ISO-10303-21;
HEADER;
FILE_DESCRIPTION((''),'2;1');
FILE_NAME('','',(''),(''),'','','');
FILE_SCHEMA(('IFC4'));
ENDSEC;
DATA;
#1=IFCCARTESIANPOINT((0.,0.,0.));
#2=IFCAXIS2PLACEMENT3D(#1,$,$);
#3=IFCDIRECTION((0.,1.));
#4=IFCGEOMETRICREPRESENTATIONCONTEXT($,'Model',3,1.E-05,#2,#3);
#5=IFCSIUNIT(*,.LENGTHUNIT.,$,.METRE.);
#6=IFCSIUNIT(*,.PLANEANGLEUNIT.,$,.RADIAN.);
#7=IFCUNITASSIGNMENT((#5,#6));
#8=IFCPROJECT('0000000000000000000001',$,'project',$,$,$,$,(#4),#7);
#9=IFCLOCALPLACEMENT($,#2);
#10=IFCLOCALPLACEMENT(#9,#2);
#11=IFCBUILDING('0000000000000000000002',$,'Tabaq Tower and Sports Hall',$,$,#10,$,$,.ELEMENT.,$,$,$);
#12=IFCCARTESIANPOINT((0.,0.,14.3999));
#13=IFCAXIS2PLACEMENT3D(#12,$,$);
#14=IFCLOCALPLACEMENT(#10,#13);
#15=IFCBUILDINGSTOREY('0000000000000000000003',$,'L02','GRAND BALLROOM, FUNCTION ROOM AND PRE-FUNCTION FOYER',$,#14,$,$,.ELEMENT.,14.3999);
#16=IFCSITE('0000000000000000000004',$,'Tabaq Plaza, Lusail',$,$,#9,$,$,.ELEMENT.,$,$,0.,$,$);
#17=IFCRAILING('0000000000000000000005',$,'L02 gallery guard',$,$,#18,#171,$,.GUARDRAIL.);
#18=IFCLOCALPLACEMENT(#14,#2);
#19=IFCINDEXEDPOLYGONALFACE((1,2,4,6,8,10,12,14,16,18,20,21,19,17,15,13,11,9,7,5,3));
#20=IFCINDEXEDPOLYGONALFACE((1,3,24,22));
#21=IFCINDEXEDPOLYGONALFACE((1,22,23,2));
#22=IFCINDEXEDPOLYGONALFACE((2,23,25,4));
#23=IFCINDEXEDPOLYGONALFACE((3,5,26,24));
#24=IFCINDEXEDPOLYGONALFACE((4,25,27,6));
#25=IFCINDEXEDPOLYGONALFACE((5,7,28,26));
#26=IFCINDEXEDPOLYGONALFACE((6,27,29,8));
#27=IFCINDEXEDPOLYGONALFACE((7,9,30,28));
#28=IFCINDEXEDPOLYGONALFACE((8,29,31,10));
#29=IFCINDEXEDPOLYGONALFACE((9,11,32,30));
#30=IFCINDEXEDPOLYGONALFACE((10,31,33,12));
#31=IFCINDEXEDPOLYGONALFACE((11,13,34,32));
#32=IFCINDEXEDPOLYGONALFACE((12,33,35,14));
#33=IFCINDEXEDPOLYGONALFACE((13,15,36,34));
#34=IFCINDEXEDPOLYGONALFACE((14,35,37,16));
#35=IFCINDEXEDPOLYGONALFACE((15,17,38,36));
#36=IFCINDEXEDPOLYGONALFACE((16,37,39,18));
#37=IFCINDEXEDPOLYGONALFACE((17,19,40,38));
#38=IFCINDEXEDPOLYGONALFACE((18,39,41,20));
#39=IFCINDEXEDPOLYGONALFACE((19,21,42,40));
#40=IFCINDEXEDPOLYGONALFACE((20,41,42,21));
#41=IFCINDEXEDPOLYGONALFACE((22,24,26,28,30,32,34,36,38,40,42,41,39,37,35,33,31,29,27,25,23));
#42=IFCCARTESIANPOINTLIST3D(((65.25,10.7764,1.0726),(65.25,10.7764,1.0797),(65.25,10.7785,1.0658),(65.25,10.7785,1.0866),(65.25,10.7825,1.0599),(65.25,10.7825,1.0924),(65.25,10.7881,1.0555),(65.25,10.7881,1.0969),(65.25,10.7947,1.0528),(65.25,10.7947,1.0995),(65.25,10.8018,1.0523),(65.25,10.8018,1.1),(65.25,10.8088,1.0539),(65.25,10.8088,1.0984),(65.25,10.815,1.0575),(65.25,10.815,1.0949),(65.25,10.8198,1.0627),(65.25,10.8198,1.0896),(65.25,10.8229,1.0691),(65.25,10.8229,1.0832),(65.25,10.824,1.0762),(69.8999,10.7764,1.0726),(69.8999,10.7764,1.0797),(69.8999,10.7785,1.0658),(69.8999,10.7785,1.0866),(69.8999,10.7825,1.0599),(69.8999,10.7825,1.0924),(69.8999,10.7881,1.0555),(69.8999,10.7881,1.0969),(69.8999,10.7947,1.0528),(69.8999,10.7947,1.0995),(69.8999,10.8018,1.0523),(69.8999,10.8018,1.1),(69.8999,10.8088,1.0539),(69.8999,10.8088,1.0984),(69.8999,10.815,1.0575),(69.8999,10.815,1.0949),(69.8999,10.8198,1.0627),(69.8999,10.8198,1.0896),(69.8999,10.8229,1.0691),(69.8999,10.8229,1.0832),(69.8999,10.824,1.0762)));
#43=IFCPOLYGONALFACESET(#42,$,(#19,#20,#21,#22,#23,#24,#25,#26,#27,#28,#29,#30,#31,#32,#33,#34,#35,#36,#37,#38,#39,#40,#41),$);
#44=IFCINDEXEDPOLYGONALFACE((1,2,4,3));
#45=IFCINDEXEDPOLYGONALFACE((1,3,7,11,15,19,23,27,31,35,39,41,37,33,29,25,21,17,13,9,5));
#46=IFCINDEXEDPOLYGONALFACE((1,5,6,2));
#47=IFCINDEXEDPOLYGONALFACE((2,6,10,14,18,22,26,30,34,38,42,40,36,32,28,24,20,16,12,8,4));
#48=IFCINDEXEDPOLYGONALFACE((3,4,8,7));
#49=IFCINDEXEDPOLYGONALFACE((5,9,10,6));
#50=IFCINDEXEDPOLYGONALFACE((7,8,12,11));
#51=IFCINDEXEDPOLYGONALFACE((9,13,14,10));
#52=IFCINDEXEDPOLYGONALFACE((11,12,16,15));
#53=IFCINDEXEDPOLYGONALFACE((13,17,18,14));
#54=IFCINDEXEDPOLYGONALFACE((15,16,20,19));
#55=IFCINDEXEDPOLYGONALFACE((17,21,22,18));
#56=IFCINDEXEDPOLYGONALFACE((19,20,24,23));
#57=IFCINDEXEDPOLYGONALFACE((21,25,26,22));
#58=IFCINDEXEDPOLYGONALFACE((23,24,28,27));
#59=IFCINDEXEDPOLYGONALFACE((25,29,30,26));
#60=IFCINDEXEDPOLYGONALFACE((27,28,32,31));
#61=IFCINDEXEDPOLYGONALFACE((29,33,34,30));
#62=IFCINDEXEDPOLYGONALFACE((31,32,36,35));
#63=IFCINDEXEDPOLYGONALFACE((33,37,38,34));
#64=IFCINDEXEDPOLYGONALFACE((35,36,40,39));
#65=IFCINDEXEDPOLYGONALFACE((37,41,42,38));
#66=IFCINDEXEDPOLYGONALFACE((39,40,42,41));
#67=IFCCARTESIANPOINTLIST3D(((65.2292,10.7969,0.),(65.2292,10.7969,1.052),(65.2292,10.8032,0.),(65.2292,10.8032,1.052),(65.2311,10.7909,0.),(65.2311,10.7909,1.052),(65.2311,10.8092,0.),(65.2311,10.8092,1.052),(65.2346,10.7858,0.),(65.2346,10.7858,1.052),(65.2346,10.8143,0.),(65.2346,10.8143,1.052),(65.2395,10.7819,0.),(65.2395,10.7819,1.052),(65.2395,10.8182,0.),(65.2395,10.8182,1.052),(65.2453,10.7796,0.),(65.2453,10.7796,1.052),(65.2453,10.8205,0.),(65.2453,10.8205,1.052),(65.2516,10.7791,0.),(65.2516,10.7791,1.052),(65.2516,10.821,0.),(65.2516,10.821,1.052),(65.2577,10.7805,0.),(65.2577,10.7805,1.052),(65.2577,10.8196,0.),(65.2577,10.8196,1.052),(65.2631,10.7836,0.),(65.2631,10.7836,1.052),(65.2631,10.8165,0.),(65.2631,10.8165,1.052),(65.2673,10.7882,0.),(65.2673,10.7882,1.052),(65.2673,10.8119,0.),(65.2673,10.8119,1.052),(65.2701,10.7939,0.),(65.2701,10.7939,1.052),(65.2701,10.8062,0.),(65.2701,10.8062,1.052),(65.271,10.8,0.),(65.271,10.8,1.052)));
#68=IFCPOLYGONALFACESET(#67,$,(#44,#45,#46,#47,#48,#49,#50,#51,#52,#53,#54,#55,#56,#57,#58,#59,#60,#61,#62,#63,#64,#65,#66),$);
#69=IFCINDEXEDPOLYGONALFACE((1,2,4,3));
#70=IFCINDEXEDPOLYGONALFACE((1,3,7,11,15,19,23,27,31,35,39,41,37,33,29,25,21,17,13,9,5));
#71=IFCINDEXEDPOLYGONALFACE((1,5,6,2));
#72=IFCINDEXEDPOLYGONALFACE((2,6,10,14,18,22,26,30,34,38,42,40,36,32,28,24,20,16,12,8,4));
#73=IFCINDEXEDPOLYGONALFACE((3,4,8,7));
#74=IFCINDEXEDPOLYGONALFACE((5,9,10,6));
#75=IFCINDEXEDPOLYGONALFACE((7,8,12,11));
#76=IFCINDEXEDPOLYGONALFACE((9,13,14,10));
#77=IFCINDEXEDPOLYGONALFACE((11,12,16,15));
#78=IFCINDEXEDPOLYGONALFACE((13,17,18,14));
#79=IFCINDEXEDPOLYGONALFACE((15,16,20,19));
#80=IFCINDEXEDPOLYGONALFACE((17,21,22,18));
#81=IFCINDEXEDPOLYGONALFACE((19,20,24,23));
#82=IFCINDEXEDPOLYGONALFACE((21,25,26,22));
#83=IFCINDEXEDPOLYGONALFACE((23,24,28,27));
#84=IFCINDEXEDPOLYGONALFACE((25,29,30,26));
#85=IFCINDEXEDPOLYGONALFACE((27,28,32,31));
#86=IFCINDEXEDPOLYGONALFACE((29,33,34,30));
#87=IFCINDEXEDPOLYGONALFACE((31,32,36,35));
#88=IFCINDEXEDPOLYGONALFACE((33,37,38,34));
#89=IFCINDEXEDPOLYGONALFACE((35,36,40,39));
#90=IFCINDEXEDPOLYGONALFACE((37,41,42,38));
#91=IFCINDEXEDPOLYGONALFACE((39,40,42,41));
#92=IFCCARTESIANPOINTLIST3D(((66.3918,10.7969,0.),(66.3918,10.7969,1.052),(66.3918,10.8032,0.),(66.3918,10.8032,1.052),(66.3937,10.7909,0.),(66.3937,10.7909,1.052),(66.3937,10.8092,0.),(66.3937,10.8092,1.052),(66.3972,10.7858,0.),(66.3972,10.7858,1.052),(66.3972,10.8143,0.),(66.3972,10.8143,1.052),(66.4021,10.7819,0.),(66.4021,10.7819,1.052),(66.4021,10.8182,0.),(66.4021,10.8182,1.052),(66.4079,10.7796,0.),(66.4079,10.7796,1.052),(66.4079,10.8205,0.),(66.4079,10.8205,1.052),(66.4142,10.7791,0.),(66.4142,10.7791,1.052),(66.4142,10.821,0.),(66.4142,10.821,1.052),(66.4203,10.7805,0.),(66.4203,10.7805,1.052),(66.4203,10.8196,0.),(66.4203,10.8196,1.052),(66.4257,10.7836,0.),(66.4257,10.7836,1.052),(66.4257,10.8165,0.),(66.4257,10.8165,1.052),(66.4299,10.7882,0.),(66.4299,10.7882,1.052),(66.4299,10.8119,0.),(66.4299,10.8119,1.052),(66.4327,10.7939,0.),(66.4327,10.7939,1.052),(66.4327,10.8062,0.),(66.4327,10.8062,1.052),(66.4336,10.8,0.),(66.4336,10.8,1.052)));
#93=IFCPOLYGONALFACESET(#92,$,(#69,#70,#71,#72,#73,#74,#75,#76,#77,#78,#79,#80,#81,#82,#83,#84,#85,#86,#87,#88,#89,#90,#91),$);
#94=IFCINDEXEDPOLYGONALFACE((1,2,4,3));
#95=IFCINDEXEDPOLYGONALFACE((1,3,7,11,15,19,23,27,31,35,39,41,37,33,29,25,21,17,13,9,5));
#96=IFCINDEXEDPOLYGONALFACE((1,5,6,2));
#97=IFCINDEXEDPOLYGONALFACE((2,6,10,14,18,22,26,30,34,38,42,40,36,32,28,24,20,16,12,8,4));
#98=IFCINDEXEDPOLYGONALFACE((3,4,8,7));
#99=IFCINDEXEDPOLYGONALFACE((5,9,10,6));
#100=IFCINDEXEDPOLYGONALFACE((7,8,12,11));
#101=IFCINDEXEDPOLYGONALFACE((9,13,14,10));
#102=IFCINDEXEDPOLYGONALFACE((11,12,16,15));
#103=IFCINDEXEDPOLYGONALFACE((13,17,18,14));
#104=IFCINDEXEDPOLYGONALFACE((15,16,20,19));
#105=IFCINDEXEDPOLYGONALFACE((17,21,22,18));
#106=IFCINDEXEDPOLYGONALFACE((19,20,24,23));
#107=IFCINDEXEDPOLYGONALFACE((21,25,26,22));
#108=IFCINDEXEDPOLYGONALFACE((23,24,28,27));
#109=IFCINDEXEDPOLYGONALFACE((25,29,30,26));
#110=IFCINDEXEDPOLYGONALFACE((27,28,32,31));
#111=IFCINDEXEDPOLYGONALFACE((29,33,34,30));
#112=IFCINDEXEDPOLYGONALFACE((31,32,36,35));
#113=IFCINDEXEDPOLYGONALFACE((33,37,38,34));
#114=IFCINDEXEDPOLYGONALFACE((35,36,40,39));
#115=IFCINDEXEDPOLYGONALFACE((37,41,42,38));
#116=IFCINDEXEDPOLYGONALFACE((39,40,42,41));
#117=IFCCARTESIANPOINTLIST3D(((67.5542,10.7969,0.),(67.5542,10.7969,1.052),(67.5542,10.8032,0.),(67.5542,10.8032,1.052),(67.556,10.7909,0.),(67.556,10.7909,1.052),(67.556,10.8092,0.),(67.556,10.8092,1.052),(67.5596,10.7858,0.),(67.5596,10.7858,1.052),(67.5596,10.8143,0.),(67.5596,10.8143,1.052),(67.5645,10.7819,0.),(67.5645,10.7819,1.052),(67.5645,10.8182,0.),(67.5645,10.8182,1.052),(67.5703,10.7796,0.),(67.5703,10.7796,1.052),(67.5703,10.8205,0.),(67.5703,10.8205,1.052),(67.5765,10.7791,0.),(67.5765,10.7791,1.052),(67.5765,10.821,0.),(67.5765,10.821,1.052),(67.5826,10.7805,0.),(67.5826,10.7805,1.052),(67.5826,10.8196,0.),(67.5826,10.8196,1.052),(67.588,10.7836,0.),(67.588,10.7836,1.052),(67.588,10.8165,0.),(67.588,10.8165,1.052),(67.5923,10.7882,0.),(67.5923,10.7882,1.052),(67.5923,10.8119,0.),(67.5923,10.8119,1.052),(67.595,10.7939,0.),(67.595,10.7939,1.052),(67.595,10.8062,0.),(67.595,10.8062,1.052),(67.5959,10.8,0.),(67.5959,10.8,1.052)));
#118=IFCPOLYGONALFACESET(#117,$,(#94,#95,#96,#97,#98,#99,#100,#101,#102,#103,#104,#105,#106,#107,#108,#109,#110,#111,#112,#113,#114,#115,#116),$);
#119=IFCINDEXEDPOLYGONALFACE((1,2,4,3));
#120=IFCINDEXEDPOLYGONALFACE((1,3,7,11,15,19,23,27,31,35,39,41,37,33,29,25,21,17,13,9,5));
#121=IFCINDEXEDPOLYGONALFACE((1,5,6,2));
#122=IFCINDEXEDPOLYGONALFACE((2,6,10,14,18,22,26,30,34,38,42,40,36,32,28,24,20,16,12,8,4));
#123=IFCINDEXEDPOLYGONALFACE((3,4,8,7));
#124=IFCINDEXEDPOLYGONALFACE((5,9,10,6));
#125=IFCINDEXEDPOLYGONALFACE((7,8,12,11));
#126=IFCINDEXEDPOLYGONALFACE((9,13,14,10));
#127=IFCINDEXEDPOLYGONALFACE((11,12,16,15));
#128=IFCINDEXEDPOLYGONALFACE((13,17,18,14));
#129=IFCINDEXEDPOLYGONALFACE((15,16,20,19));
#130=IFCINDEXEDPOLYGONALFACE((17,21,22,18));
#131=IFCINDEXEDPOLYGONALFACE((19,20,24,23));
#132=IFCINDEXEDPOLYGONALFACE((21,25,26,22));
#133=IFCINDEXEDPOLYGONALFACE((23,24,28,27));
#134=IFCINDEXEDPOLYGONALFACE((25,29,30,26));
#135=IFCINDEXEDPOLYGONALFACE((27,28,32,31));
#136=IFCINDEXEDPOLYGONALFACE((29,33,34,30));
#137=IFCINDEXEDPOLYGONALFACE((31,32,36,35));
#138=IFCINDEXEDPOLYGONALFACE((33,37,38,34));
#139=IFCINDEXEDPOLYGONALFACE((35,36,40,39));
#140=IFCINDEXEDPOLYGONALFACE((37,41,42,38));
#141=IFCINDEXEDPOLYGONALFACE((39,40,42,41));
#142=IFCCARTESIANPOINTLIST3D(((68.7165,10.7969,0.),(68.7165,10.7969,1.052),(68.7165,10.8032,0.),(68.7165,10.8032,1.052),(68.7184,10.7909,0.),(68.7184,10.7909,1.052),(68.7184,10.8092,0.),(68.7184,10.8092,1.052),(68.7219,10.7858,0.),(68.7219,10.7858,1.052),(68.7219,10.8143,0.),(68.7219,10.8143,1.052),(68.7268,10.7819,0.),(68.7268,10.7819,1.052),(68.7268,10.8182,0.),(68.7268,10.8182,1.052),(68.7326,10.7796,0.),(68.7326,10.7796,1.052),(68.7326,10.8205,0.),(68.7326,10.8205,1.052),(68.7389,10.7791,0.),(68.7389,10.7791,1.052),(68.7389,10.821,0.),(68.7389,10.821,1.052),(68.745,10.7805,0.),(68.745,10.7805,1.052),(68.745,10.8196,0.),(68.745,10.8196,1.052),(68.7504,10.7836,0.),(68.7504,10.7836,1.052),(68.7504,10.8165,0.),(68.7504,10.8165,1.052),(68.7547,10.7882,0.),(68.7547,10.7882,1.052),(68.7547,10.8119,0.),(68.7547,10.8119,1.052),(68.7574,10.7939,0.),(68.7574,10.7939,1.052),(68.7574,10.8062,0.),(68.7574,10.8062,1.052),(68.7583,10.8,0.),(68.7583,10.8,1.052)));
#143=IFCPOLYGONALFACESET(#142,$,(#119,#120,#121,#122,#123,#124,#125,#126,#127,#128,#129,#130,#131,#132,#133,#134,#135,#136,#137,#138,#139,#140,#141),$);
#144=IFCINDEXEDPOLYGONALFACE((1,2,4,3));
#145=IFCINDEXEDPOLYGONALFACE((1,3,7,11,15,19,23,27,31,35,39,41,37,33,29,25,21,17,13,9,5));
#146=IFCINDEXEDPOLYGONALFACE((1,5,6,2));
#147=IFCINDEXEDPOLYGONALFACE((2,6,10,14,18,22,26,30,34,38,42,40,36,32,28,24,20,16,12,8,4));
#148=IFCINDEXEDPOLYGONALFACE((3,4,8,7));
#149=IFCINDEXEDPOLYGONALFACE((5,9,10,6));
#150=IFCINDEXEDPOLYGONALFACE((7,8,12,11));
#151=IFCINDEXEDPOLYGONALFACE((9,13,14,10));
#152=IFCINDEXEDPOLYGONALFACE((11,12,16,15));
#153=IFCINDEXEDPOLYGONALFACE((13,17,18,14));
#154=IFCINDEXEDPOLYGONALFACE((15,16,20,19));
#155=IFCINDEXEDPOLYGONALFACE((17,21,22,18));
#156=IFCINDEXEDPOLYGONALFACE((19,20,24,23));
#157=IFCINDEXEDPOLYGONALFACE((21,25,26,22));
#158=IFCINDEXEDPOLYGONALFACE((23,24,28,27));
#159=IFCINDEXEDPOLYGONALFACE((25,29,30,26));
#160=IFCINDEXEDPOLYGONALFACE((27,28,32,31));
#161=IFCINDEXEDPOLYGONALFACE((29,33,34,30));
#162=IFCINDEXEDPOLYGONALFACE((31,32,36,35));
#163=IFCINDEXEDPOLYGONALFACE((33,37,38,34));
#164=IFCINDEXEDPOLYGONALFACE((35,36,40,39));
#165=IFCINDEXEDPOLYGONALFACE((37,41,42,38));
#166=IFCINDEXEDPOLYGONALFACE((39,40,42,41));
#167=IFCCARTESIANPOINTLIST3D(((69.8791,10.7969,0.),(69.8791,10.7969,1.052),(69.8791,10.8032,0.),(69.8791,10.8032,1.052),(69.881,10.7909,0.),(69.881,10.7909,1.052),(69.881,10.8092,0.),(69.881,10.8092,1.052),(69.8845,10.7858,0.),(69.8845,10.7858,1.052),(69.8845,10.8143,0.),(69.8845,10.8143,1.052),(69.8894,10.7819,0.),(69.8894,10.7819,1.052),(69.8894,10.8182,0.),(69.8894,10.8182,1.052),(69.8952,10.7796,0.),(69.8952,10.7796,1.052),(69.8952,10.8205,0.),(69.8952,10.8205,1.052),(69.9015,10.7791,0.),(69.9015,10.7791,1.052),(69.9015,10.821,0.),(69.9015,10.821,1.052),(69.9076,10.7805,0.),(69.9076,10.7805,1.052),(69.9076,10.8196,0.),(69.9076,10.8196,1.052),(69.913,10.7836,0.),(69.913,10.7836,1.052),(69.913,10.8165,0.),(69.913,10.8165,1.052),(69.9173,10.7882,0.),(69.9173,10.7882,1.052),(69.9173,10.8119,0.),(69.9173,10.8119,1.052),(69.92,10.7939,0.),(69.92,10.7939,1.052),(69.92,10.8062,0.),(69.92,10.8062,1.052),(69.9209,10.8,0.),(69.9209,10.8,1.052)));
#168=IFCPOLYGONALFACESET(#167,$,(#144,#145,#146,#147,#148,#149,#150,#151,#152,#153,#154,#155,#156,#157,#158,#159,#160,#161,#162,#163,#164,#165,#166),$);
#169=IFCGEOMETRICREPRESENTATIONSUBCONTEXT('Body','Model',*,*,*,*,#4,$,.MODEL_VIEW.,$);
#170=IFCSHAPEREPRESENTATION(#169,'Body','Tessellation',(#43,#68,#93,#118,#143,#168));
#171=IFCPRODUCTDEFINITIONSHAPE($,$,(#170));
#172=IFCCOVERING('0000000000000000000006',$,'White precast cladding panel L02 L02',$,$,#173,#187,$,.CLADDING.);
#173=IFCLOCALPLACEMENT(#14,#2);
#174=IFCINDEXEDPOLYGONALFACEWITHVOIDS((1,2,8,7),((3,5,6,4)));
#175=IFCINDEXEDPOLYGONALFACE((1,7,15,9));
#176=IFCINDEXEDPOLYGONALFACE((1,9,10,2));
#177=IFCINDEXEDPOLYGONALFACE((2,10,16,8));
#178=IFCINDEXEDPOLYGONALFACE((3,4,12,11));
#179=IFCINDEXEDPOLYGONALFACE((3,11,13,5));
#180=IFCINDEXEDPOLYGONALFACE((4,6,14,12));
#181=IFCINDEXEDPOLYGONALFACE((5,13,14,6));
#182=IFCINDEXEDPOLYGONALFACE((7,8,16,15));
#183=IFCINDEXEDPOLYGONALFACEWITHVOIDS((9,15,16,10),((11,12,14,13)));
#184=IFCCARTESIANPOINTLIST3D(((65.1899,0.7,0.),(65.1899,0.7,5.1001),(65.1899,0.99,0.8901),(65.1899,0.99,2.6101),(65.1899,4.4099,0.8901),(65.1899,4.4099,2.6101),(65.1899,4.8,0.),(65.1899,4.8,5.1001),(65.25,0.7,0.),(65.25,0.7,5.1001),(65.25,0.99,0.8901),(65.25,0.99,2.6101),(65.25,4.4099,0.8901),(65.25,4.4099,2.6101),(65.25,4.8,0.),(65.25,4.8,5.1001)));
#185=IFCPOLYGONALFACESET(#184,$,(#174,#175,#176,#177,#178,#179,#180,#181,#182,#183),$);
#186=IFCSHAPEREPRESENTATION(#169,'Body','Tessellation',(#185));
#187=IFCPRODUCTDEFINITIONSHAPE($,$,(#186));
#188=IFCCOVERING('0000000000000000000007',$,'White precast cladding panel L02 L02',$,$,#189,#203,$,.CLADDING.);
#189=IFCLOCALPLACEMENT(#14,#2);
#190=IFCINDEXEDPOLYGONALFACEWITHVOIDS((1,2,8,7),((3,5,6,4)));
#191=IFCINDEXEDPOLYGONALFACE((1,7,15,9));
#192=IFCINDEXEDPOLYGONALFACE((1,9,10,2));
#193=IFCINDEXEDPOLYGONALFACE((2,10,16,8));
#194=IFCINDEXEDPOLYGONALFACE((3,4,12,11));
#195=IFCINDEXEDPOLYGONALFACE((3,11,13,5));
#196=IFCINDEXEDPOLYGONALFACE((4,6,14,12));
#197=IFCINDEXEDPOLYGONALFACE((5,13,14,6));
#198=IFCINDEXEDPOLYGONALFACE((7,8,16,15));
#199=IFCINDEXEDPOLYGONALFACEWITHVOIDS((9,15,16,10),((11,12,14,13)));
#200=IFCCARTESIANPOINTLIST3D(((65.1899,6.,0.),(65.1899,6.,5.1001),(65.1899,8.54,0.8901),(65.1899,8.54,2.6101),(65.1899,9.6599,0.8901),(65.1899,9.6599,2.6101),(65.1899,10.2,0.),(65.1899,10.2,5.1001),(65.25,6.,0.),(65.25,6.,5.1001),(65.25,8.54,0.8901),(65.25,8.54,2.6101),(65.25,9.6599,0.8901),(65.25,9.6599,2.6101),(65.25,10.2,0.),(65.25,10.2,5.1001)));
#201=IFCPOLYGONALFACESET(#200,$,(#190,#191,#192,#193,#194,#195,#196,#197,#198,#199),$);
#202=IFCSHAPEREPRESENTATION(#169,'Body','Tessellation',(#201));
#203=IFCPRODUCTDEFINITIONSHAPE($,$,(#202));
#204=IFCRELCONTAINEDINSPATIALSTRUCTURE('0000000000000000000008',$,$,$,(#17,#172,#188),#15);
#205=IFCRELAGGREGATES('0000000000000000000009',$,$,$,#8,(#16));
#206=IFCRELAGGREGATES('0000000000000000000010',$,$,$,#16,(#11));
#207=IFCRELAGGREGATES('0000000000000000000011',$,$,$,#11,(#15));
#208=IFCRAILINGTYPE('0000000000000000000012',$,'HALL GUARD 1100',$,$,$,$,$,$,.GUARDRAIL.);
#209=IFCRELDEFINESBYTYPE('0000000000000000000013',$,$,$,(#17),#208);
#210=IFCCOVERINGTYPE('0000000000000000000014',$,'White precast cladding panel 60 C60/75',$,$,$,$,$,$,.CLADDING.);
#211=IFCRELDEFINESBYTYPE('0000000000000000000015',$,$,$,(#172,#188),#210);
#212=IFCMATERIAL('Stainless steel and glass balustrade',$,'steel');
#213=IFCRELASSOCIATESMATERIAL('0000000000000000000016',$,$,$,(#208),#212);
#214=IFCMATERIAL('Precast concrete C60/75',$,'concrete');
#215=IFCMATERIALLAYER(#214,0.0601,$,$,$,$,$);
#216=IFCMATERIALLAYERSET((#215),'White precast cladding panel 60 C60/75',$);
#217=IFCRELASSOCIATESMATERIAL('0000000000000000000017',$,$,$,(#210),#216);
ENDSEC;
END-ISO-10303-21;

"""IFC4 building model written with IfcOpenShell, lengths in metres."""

from ifc_helpers import new_model, si_unit, direction, frame, origin, origin_2d, place, context, subcontext, project, spatial, polyline, circle, outline, extrude, material, layer, layer_set, type_object, element, save


model = new_model("IFC4")

# Units and contexts
model_context = context("Model", 3, precision=1e-05, world=origin(), true_north=direction((0.0, 1.0)))
body_context = subcontext(model_context, "Body", "Model", "MODEL_VIEW")
ifc_project = project(units=[si_unit("LENGTHUNIT", "METRE"), si_unit("PLANEANGLEUNIT", "RADIAN")], contexts=[model_context])

# Site, building, storey
site_placement = place(None, origin())
site = spatial("IfcSite", under=ifc_project, at=site_placement, Name="Tabaq Plaza, Lusail", CompositionType="ELEMENT", RefElevation=0.0)
building_placement = place(site_placement, origin())
building = spatial("IfcBuilding", under=site, at=building_placement, Name="Tabaq Tower and Sports Hall", CompositionType="ELEMENT")
storey_placement = place(building_placement, frame((0.0, 0.0, 14.3999)))
storey = spatial("IfcBuildingStorey", under=building, at=storey_placement, Name="L02", Description="GRAND BALLROOM, FUNCTION ROOM AND PRE-FUNCTION FOYER", CompositionType="ELEMENT", Elevation=14.3999)

# Railing
ifc_material_1 = material(Name="Stainless steel and glass balustrade", Category="steel")
railing_type = type_object("IfcRailingType", Name="HALL GUARD 1100", PredefinedType="GUARDRAIL", material=ifc_material_1)
railing_placement = place(storey_placement, frame((65.25, 10.8, 0.0)))
element("IfcRailing", 1, at=railing_placement, inside=storey, type_object=railing_type, Name="L02 gallery guard", PredefinedType="GUARDRAIL", context=body_context, shape_type="SweptSolid", body=[
    extrude(circle(Radius=0.0239, at=origin_2d()), frame((0.0, 0.0, 1.0762), z_axis=(1.0, 0.0, 0.0), x_axis=(0.0, 1.0, 0.0)), (0.0, 0.0, 1.0), 4.6499),
    extrude(circle(Radius=0.021, at=origin_2d()), origin(), (0.0, 0.0, 1.0), 1.052),
    extrude(circle(Radius=0.021, at=origin_2d()), frame((1.1626, 0.0, 0.0)), (0.0, 0.0, 1.0), 1.052),
    extrude(circle(Radius=0.021, at=origin_2d()), frame((2.325, 0.0, 0.0)), (0.0, 0.0, 1.0), 1.052),
    extrude(circle(Radius=0.021, at=origin_2d()), frame((3.4873, 0.0, 0.0)), (0.0, 0.0, 1.0), 1.052),
    extrude(circle(Radius=0.021, at=origin_2d()), frame((4.6499, 0.0, 0.0)), (0.0, 0.0, 1.0), 1.052),
])

# Coverings
ifc_material_2 = material(Name="Precast concrete C60/75", Category="concrete")
ifc_layer_1 = layer(ifc_material_2, 0.0601)
ifc_layer_set_1 = layer_set([ifc_layer_1], Name="White precast cladding panel 60 C60/75")
covering_type = type_object("IfcCoveringType", Name="White precast cladding panel 60 C60/75", PredefinedType="CLADDING", material=ifc_layer_set_1)
covering_1_placement = place(storey_placement, frame((65.22, 0.7, 0.0), z_axis=(0.0, 0.0, 1.0), x_axis=(0.0, 1.0, 0.0)))
element("IfcCovering", 2, at=covering_1_placement, inside=storey, type_object=covering_type, Name="White precast cladding panel L02 L02", PredefinedType="CLADDING", context=body_context, shape_type="SweptSolid", body=[
    extrude(outline(polyline([(0.0, 0.0), (4.1001, 0.0), (4.1001, 5.1001), (0.0, 5.1001), (0.0, 0.0)]), holes=[polyline([(0.29, 0.8901), (0.29, 2.6101), (3.71, 2.6101), (3.71, 0.8901), (0.29, 0.8901)])]), frame((0.0, 0.03, 0.0), z_axis=(0.0, -1.0, 0.0), x_axis=(1.0, 0.0, 0.0)), (0.0, 0.0, 1.0), 0.0601),
])
covering_2_placement = place(storey_placement, frame((65.22, 6.0, 0.0), z_axis=(0.0, 0.0, 1.0), x_axis=(0.0, 1.0, 0.0)))
element("IfcCovering", 3, at=covering_2_placement, inside=storey, type_object=covering_type, Name="White precast cladding panel L02 L02", PredefinedType="CLADDING", context=body_context, shape_type="SweptSolid", body=[
    extrude(outline(polyline([(0.0, 0.0), (4.2, 0.0), (4.2, 5.1001), (0.0, 5.1001), (0.0, 0.0)]), holes=[polyline([(2.54, 0.8901), (2.54, 2.6101), (3.6599, 2.6101), (3.6599, 0.8901), (2.54, 0.8901)])]), frame((0.0, 0.03, 0.0), z_axis=(0.0, -1.0, 0.0), x_axis=(1.0, 0.0, 0.0)), (0.0, 0.0, 1.0), 0.0601),
])

save(model, "model.ifc")
